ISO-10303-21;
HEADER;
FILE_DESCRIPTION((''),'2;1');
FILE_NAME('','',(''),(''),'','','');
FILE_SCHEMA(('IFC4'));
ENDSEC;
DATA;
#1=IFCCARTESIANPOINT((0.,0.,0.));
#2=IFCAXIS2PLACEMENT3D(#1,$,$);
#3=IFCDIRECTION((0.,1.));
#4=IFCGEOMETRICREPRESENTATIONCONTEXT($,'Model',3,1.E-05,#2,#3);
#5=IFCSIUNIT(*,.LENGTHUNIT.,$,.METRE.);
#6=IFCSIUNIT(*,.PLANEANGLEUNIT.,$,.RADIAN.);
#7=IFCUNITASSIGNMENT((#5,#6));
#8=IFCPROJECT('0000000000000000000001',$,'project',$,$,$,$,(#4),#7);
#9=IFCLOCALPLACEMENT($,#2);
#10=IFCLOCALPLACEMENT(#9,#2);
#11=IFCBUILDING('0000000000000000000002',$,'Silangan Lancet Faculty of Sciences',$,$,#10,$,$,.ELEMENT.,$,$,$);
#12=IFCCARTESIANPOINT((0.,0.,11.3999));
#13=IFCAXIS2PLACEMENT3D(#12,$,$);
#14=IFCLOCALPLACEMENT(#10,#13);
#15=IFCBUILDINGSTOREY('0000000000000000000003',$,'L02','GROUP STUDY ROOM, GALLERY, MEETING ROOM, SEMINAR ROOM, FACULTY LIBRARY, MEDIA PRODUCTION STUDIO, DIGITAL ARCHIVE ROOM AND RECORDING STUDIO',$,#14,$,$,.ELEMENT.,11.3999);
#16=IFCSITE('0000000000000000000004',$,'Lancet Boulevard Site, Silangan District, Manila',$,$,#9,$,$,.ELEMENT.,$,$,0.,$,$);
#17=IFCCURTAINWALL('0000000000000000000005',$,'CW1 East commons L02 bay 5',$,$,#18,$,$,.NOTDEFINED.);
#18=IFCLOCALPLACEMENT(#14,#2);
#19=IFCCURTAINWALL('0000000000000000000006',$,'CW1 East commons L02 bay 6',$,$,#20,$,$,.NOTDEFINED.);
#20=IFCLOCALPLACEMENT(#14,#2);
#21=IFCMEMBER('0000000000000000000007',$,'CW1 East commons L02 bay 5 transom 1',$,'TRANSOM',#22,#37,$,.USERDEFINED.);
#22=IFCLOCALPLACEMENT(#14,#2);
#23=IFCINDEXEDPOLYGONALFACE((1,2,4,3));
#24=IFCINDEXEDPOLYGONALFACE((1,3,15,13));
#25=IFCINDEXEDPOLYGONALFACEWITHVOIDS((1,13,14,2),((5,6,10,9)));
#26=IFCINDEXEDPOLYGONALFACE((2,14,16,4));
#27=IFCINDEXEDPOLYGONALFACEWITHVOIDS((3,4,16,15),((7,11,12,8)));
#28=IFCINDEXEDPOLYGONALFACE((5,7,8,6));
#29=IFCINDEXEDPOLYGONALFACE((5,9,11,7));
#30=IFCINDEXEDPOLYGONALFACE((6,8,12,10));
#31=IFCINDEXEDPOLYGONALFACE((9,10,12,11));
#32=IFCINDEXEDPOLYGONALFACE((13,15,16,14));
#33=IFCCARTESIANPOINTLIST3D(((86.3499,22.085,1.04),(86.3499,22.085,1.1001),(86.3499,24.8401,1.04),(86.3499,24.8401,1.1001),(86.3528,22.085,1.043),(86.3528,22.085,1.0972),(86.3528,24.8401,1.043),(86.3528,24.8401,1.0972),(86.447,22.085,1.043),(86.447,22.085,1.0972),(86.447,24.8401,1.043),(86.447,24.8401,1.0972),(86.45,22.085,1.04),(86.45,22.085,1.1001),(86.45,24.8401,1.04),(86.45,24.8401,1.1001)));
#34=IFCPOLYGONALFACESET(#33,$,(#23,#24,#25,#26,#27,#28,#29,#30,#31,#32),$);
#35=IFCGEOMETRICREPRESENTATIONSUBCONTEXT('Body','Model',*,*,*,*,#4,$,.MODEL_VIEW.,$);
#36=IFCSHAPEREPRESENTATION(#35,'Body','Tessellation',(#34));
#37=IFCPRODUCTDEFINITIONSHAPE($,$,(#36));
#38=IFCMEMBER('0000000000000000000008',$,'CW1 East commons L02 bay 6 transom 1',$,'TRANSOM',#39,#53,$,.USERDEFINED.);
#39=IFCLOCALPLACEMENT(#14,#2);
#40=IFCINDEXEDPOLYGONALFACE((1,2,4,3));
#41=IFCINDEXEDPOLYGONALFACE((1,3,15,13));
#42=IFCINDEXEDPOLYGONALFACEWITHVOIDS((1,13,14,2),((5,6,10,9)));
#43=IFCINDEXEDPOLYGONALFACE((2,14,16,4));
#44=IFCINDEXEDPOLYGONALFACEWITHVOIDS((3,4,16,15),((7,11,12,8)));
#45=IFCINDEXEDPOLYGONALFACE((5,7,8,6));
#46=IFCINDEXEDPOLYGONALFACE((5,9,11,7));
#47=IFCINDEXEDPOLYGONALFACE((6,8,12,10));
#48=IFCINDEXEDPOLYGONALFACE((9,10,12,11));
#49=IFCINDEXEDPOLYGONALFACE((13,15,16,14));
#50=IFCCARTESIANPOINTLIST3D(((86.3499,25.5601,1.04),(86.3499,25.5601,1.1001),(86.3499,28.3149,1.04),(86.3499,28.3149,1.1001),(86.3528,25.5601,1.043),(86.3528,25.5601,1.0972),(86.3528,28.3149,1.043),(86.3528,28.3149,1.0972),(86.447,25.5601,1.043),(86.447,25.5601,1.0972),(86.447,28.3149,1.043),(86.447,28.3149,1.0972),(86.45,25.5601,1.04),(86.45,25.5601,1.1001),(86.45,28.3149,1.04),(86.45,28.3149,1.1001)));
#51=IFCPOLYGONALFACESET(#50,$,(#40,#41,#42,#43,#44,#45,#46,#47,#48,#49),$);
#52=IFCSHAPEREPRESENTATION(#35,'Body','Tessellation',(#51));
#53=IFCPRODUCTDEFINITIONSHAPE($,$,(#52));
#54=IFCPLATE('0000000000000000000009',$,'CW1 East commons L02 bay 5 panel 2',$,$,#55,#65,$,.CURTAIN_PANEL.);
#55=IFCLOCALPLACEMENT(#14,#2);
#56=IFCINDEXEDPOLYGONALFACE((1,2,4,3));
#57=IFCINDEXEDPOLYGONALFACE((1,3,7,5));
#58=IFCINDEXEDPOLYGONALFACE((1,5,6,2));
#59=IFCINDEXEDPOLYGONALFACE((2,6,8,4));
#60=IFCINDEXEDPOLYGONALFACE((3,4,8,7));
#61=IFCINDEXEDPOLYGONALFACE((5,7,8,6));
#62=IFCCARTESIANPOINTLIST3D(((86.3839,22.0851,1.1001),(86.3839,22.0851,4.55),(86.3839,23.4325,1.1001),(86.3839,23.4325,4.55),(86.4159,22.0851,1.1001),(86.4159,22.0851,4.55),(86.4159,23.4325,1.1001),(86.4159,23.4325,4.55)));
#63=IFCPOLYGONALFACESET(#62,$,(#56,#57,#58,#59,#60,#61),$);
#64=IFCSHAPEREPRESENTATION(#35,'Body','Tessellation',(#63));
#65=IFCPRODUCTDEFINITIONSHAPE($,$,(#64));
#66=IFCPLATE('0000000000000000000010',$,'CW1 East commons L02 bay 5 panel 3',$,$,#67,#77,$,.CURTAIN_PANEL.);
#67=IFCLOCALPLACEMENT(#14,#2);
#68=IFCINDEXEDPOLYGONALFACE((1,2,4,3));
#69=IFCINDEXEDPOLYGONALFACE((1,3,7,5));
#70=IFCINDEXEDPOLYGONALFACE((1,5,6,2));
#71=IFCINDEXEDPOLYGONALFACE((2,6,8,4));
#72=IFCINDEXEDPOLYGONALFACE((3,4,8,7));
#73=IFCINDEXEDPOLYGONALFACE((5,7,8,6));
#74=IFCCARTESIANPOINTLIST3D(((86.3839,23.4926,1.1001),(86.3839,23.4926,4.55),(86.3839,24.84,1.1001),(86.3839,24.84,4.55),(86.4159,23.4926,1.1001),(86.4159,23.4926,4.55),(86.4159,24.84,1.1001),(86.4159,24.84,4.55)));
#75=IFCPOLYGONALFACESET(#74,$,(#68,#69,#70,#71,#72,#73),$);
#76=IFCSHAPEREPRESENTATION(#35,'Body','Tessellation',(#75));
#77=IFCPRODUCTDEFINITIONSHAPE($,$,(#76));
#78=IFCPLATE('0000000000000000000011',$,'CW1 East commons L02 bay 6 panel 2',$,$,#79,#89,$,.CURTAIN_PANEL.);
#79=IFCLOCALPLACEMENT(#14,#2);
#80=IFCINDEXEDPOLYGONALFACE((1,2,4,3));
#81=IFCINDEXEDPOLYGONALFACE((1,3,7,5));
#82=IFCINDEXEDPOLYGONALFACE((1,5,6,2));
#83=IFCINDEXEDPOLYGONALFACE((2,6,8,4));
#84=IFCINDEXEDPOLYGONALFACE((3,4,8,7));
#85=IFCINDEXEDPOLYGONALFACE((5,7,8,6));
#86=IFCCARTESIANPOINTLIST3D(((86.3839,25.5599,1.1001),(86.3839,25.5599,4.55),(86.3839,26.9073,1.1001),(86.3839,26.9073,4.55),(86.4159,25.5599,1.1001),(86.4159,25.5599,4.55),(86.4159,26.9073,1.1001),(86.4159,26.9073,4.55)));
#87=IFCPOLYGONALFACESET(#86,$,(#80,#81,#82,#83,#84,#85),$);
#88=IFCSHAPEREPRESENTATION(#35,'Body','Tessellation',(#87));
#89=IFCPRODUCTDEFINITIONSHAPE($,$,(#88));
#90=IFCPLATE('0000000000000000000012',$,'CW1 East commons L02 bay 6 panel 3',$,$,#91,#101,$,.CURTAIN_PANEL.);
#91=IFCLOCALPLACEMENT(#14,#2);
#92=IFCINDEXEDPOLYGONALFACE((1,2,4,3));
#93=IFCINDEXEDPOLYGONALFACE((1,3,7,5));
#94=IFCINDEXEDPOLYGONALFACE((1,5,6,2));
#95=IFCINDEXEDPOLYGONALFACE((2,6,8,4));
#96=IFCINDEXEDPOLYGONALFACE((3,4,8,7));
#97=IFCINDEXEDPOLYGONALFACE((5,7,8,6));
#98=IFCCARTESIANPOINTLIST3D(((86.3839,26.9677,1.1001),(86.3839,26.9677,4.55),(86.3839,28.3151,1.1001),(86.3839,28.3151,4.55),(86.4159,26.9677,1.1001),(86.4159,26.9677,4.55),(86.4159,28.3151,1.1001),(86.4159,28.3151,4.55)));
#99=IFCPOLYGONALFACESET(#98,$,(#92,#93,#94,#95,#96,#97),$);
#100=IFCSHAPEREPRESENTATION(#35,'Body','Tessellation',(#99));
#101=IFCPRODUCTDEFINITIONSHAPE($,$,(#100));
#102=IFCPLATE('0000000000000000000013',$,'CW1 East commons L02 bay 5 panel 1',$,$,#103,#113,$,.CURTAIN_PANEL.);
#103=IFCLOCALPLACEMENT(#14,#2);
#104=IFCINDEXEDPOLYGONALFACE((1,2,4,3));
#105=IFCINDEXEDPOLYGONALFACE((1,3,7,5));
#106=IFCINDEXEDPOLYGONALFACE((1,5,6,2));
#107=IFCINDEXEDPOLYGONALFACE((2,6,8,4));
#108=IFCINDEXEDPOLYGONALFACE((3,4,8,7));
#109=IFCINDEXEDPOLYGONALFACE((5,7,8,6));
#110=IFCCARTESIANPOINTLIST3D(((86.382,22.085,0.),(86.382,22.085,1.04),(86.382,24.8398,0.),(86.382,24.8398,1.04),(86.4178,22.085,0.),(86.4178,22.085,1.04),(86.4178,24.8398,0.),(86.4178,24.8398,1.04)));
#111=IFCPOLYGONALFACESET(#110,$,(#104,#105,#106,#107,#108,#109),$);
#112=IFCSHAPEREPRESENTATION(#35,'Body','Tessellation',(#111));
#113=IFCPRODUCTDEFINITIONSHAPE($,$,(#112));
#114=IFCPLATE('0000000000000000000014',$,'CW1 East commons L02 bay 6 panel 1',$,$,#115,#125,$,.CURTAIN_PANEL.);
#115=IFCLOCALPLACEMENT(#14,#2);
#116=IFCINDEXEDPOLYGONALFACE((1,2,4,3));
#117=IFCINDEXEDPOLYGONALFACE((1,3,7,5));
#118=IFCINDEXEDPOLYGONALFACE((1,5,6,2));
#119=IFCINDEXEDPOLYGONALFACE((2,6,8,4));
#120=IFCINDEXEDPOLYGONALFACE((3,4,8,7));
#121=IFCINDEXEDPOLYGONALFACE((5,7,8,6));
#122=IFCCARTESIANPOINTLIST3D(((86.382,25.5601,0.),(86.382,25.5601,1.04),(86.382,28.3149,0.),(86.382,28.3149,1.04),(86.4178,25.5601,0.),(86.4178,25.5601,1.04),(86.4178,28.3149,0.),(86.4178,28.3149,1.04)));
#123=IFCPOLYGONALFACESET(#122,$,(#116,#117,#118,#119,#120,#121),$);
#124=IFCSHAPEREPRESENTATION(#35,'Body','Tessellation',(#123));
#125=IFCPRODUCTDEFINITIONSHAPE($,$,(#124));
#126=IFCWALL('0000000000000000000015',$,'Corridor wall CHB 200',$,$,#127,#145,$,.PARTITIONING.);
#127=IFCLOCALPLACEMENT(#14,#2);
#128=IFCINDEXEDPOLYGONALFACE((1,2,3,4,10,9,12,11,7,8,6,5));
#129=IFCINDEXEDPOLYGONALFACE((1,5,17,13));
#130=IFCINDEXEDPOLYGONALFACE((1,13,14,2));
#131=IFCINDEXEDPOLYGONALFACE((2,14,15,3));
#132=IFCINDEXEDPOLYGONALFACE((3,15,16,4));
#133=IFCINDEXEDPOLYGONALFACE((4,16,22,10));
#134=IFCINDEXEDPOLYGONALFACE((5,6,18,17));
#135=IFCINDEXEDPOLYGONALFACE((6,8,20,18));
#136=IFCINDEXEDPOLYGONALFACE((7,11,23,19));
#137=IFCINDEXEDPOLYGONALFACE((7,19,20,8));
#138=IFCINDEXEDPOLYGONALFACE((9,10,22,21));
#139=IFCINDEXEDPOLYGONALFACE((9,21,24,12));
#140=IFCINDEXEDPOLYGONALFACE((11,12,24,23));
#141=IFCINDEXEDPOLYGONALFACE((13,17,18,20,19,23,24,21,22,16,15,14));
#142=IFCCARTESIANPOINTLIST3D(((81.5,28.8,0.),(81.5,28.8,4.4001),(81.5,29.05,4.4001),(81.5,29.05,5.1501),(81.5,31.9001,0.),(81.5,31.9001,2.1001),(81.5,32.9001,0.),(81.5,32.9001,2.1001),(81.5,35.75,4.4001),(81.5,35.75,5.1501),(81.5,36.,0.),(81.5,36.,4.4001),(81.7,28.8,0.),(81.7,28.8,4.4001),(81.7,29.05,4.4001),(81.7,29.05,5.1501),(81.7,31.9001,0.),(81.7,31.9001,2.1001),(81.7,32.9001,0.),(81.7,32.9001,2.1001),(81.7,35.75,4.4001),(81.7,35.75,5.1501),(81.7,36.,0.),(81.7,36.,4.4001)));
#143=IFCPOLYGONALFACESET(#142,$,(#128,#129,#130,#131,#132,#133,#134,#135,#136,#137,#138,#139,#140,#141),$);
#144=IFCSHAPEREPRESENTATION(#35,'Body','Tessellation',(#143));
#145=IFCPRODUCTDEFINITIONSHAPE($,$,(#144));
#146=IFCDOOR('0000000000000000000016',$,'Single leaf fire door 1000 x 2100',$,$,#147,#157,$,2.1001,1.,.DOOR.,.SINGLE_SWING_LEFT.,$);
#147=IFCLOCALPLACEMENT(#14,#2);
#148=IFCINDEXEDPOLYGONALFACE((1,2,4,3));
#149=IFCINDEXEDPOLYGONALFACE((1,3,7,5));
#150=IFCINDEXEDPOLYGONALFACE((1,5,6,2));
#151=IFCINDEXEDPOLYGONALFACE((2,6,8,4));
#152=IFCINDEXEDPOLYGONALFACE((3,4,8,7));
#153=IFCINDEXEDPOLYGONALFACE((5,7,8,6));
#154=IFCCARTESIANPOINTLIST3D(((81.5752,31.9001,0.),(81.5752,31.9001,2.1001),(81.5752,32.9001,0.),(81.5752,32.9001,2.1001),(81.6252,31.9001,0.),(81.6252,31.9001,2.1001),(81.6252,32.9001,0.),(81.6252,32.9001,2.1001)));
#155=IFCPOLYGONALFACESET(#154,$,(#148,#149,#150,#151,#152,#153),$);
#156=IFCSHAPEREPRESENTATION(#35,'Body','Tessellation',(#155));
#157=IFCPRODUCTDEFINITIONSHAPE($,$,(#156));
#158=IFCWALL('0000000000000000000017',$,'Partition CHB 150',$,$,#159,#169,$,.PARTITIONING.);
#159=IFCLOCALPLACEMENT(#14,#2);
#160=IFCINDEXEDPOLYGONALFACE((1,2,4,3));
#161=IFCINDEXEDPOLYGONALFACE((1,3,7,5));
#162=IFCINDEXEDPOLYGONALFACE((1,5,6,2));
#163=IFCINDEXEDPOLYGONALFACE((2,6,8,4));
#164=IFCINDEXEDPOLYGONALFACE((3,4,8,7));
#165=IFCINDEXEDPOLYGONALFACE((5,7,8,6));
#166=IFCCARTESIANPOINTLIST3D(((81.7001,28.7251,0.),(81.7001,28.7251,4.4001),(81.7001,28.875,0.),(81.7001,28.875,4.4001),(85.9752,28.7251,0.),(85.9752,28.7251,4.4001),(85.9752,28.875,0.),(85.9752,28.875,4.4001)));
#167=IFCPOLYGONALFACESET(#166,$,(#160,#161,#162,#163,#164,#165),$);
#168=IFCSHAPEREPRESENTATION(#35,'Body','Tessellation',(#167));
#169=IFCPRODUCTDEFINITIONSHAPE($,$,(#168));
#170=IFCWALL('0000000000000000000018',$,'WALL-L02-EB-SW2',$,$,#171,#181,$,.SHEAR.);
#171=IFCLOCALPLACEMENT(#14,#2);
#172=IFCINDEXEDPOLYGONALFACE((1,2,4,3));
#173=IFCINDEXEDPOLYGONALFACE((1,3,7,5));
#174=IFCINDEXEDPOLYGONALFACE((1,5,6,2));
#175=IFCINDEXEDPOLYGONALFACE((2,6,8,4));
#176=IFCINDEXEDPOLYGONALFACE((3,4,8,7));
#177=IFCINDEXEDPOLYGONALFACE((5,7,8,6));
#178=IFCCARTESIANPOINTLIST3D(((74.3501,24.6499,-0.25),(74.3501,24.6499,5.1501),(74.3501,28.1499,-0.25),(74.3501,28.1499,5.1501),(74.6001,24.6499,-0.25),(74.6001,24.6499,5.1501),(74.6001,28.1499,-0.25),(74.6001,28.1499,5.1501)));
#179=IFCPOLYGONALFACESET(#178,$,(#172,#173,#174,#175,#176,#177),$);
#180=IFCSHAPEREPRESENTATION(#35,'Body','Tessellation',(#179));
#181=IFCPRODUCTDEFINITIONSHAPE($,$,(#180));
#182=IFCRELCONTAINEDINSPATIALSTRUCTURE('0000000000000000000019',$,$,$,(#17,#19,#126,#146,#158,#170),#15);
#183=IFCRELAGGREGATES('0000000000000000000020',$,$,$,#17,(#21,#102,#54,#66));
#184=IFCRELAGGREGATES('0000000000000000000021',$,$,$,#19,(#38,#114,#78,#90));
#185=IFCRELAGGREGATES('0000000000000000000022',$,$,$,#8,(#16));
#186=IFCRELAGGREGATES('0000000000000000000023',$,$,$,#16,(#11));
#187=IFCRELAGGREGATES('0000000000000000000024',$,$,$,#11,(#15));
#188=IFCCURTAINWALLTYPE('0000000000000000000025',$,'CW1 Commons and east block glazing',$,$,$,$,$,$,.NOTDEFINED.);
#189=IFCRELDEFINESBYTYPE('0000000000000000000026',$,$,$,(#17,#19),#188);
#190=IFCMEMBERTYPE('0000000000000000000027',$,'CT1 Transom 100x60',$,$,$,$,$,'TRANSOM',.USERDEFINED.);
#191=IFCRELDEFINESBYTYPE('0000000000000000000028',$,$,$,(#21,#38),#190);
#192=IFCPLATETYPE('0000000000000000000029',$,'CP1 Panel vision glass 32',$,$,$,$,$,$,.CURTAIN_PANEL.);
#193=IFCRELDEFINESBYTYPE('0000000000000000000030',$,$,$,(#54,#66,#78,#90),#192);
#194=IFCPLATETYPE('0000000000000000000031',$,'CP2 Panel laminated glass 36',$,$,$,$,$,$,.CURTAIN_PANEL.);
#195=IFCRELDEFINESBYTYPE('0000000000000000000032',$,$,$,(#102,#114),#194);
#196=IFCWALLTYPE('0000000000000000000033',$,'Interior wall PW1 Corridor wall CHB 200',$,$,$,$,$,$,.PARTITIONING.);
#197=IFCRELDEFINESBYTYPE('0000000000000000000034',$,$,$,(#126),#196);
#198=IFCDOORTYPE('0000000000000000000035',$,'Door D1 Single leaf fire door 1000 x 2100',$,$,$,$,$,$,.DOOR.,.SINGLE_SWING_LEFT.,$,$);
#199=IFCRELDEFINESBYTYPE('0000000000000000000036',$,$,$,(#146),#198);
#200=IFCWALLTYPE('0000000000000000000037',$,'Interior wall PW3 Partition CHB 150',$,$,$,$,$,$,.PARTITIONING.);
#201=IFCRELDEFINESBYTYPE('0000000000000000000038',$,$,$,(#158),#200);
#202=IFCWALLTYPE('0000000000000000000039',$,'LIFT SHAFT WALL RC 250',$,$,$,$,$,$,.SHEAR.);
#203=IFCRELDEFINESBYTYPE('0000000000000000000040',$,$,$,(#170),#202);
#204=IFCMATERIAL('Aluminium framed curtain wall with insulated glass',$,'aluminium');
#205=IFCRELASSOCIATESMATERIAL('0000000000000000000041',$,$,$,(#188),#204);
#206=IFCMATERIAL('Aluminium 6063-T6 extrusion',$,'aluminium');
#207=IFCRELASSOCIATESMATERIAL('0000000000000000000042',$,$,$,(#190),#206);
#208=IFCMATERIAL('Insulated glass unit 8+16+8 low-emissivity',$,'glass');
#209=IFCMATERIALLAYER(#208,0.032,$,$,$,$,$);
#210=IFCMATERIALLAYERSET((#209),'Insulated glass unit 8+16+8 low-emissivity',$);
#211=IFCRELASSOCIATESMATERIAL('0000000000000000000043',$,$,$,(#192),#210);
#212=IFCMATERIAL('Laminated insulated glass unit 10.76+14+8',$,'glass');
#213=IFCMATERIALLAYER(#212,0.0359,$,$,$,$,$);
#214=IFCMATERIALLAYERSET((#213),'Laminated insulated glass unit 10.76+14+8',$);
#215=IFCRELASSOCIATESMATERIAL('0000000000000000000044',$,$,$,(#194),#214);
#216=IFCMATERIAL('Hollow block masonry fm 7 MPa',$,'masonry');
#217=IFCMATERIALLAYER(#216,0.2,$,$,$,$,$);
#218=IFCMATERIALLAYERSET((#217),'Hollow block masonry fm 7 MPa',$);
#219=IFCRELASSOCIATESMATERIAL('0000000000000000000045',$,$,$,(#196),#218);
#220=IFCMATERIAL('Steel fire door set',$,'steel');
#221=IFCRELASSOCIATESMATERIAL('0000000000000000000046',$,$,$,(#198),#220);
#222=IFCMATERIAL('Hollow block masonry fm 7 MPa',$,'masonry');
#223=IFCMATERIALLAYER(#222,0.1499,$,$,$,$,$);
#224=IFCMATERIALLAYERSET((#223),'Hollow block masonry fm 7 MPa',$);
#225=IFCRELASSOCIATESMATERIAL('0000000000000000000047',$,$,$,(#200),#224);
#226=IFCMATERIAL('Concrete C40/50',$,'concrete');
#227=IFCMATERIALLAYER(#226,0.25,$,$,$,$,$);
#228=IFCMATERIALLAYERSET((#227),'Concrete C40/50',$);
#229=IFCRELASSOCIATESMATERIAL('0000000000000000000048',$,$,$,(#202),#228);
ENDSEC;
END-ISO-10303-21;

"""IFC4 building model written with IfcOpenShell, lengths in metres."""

from ifc_helpers import new_model, si_unit, direction, frame, frame_2d, origin, origin_2d, place, context, subcontext, project, spatial, polyline, rectangle, hollow_rectangle, outline, extrude, material, layer, layer_set, material_profile, profile_set, type_object, element, fill, aggregate, save


model = new_model("IFC4")

# Units and contexts
model_context = context("Model", 3, precision=1e-05, world=origin(), true_north=direction((0.0, 1.0)))
body_context = subcontext(model_context, "Body", "Model", "MODEL_VIEW")
ifc_project = project(units=[si_unit("LENGTHUNIT", "METRE"), si_unit("PLANEANGLEUNIT", "RADIAN")], contexts=[model_context])

# Site, building, storey
site_placement = place(None, origin())
site = spatial("IfcSite", under=ifc_project, at=site_placement, Name="Lancet Boulevard Site, Silangan District, Manila", CompositionType="ELEMENT", RefElevation=0.0)
building_placement = place(site_placement, origin())
building = spatial("IfcBuilding", under=site, at=building_placement, Name="Silangan Lancet Faculty of Sciences", CompositionType="ELEMENT")
storey_placement = place(building_placement, frame((0.0, 0.0, 11.3999)))
storey = spatial("IfcBuildingStorey", under=building, at=storey_placement, Name="L02", Description="GROUP STUDY ROOM, GALLERY, MEETING ROOM, SEMINAR ROOM, FACULTY LIBRARY, MEDIA PRODUCTION STUDIO, DIGITAL ARCHIVE ROOM AND RECORDING STUDIO", CompositionType="ELEMENT", Elevation=11.3999)

# Curtain walls
ifc_material_1 = material(Name="Aluminium framed curtain wall with insulated glass", Category="aluminium")
curtain_wall_type = type_object("IfcCurtainWallType", Name="CW1 Commons and east block glazing", PredefinedType="NOTDEFINED", material=ifc_material_1)
curtain_wall_1_placement = place(storey_placement, origin())
curtain_wall_1 = element("IfcCurtainWall", 1, at=curtain_wall_1_placement, inside=storey, type_object=curtain_wall_type, Name="CW1 East commons L02 bay 5", PredefinedType="NOTDEFINED")
curtain_wall_2_placement = place(storey_placement, origin())
curtain_wall_2 = element("IfcCurtainWall", 2, at=curtain_wall_2_placement, inside=storey, type_object=curtain_wall_type, Name="CW1 East commons L02 bay 6", PredefinedType="NOTDEFINED")

# Members
ifc_material_2 = material(Name="Aluminium 6063-T6 extrusion", Category="aluminium")
ifc_material_profile_1 = material_profile(ifc_material_2, hollow_rectangle(XDim=0.1001, YDim=0.0601, WallThickness=0.0029, at=origin_2d()), Name="AL BOX 100x60x3")
ifc_profile_set_1 = profile_set([ifc_material_profile_1], Name="Aluminium 6063-T6 extrusion")
member_type_1 = type_object("IfcMemberType", Name="CT1 Transom 100x60", ElementType="TRANSOM", PredefinedType="USERDEFINED", material=ifc_profile_set_1)
member_1_placement = place(storey_placement, frame((86.3999, 22.085, 1.0701), z_axis=(0.0, 1.0, 0.0), x_axis=(-1.0, 0.0, 0.0)))
member_1 = element("IfcMember", 3, at=member_1_placement, type_object=member_type_1, Name="CW1 East commons L02 bay 5 transom 1", ObjectType="TRANSOM", PredefinedType="USERDEFINED", context=body_context, shape_type="SweptSolid", body=[
    extrude(hollow_rectangle(XDim=0.1001, YDim=0.0601, WallThickness=0.0029, at=origin_2d()), origin(), (0.0, 0.0, 1.0), 2.7551),
])
member_2_placement = place(storey_placement, frame((86.3999, 25.5601, 1.0701), z_axis=(0.0, 1.0, 0.0), x_axis=(-1.0, 0.0, 0.0)))
member_2 = element("IfcMember", 4, at=member_2_placement, type_object=member_type_1, Name="CW1 East commons L02 bay 6 transom 1", ObjectType="TRANSOM", PredefinedType="USERDEFINED", context=body_context, shape_type="SweptSolid", body=[
    extrude(hollow_rectangle(XDim=0.1001, YDim=0.0601, WallThickness=0.0029, at=origin_2d()), origin(), (0.0, 0.0, 1.0), 2.7549),
])

# Plates
ifc_material_3 = material(Name="Insulated glass unit 8+16+8 low-emissivity", Category="glass")
ifc_layer_1 = layer(ifc_material_3, 0.032)
ifc_layer_set_1 = layer_set([ifc_layer_1], Name="Insulated glass unit 8+16+8 low-emissivity")
plate_type_1 = type_object("IfcPlateType", Name="CP1 Panel vision glass 32", PredefinedType="CURTAIN_PANEL", material=ifc_layer_set_1)
plate_1_placement = place(storey_placement, frame((86.3999, 22.7588, 1.1001), z_axis=(0.0, 0.0, 1.0), x_axis=(0.0, 1.0, 0.0)))
plate_1 = element("IfcPlate", 5, at=plate_1_placement, type_object=plate_type_1, Name="CW1 East commons L02 bay 5 panel 2", PredefinedType="CURTAIN_PANEL", context=body_context, shape_type="SweptSolid", body=[
    extrude(rectangle(XDim=1.3474, YDim=0.032, at=origin_2d()), origin(), (0.0, 0.0, 1.0), 3.45),
])
plate_2_placement = place(storey_placement, frame((86.3999, 24.1663, 1.1001), z_axis=(0.0, 0.0, 1.0), x_axis=(0.0, 1.0, 0.0)))
plate_2 = element("IfcPlate", 6, at=plate_2_placement, type_object=plate_type_1, Name="CW1 East commons L02 bay 5 panel 3", PredefinedType="CURTAIN_PANEL", context=body_context, shape_type="SweptSolid", body=[
    extrude(rectangle(XDim=1.3474, YDim=0.032, at=origin_2d()), origin(), (0.0, 0.0, 1.0), 3.45),
])
plate_3_placement = place(storey_placement, frame((86.3999, 26.2336, 1.1001), z_axis=(0.0, 0.0, 1.0), x_axis=(0.0, 1.0, 0.0)))
plate_3 = element("IfcPlate", 7, at=plate_3_placement, type_object=plate_type_1, Name="CW1 East commons L02 bay 6 panel 2", PredefinedType="CURTAIN_PANEL", context=body_context, shape_type="SweptSolid", body=[
    extrude(rectangle(XDim=1.3474, YDim=0.032, at=origin_2d()), origin(), (0.0, 0.0, 1.0), 3.45),
])
plate_4_placement = place(storey_placement, frame((86.3999, 27.6414, 1.1001), z_axis=(0.0, 0.0, 1.0), x_axis=(0.0, 1.0, 0.0)))
plate_4 = element("IfcPlate", 8, at=plate_4_placement, type_object=plate_type_1, Name="CW1 East commons L02 bay 6 panel 3", PredefinedType="CURTAIN_PANEL", context=body_context, shape_type="SweptSolid", body=[
    extrude(rectangle(XDim=1.3474, YDim=0.032, at=origin_2d()), origin(), (0.0, 0.0, 1.0), 3.45),
])
ifc_material_4 = material(Name="Laminated insulated glass unit 10.76+14+8", Category="glass")
ifc_layer_2 = layer(ifc_material_4, 0.0359)
ifc_layer_set_2 = layer_set([ifc_layer_2], Name="Laminated insulated glass unit 10.76+14+8")
plate_type_2 = type_object("IfcPlateType", Name="CP2 Panel laminated glass 36", PredefinedType="CURTAIN_PANEL", material=ifc_layer_set_2)
plate_5_placement = place(storey_placement, frame((86.3999, 23.4624, 0.0), z_axis=(0.0, 0.0, 1.0), x_axis=(0.0, 1.0, 0.0)))
plate_5 = element("IfcPlate", 9, at=plate_5_placement, type_object=plate_type_2, Name="CW1 East commons L02 bay 5 panel 1", PredefinedType="CURTAIN_PANEL", context=body_context, shape_type="SweptSolid", body=[
    extrude(rectangle(XDim=2.7549, YDim=0.0359, at=origin_2d()), origin(), (0.0, 0.0, 1.0), 1.04),
])
aggregate(curtain_wall_1, [member_1, plate_5, plate_1, plate_2])
plate_6_placement = place(storey_placement, frame((86.3999, 26.9375, 0.0), z_axis=(0.0, 0.0, 1.0), x_axis=(0.0, 1.0, 0.0)))
plate_6 = element("IfcPlate", 10, at=plate_6_placement, type_object=plate_type_2, Name="CW1 East commons L02 bay 6 panel 1", PredefinedType="CURTAIN_PANEL", context=body_context, shape_type="SweptSolid", body=[
    extrude(rectangle(XDim=2.7549, YDim=0.0359, at=origin_2d()), origin(), (0.0, 0.0, 1.0), 1.04),
])
aggregate(curtain_wall_2, [member_2, plate_6, plate_3, plate_4])

# Wall, opening, door
ifc_material_5 = material(Name="Hollow block masonry fm 7 MPa", Category="masonry")
ifc_layer_3 = layer(ifc_material_5, 0.2)
ifc_layer_set_3 = layer_set([ifc_layer_3], Name="Hollow block masonry fm 7 MPa")
wall_type_1 = type_object("IfcWallType", Name="Interior wall PW1 Corridor wall CHB 200", PredefinedType="PARTITIONING", material=ifc_layer_set_3)
wall_1_placement = place(storey_placement, frame((81.6001, 28.8, 0.0), z_axis=(0.0, 0.0, 1.0), x_axis=(0.0, 1.0, 0.0)))
wall_1 = element("IfcWall", 11, at=wall_1_placement, inside=storey, type_object=wall_type_1, Name="Corridor wall CHB 200", PredefinedType="PARTITIONING", context=body_context, shape_type="SweptSolid", body=[
    extrude(outline(polyline([(0.0, 0.0), (7.2, 0.0), (7.2, 4.4001), (6.95, 4.4001), (6.95, 5.1501), (0.25, 5.1501), (0.25, 4.4001), (0.0, 4.4001), (0.0, 0.0)])), frame((0.0, 0.1001, 0.0), z_axis=(0.0, -1.0, 0.0), x_axis=(1.0, 0.0, 0.0)), (0.0, 0.0, 1.0), 0.2),
])
opening_1_placement = place(wall_1_placement, frame((3.1001, 0.0, 0.0)))
opening_1 = element("IfcOpeningElement", 12, at=opening_1_placement, cuts=wall_1, PredefinedType="OPENING", context=body_context, shape_type="SweptSolid", body=[
    extrude(rectangle(XDim=1.0, YDim=2.1001, at=frame_2d((0.5, 1.05))), frame((0.0, 0.1099, 0.0), z_axis=(0.0, -1.0, 0.0), x_axis=(1.0, 0.0, 0.0)), (0.0, 0.0, 1.0), 0.22),
])
ifc_material_6 = material(Name="Steel fire door set", Category="steel")
door_type_1 = type_object("IfcDoorType", Name="Door D1 Single leaf fire door 1000 x 2100", OperationType="SINGLE_SWING_LEFT", PredefinedType="DOOR", material=ifc_material_6)
door_1_placement = place(opening_1_placement, frame((1.0, 0.0, 0.0), z_axis=(0.0, 0.0, 1.0), x_axis=(-1.0, 0.0, 0.0)))
door_1 = element("IfcDoor", 13, at=door_1_placement, inside=storey, type_object=door_type_1, Name="Single leaf fire door 1000 x 2100", OperationType="SINGLE_SWING_LEFT", OverallHeight=2.1001, OverallWidth=1.0, PredefinedType="DOOR", context=body_context, shape_type="SweptSolid", body=[
    extrude(rectangle(XDim=1.0, YDim=2.1001, at=frame_2d((0.5, 1.05))), frame((0.0, 0.0251, 0.0), z_axis=(0.0, -1.0, 0.0), x_axis=(1.0, 0.0, 0.0)), (0.0, 0.0, 1.0), 0.05),
])
fill(opening_1, door_1)

# Wall
ifc_material_7 = material(Name="Hollow block masonry fm 7 MPa", Category="masonry")
ifc_layer_4 = layer(ifc_material_7, 0.1499)
ifc_layer_set_4 = layer_set([ifc_layer_4], Name="Hollow block masonry fm 7 MPa")
wall_type_2 = type_object("IfcWallType", Name="Interior wall PW3 Partition CHB 150", PredefinedType="PARTITIONING", material=ifc_layer_set_4)
wall_2_placement = place(storey_placement, frame((81.7, 28.8, 0.0), z_axis=(0.0, 0.0, 1.0), x_axis=(1.0, 0.0, 0.0)))
element("IfcWall", 14, at=wall_2_placement, inside=storey, type_object=wall_type_2, Name="Partition CHB 150", PredefinedType="PARTITIONING", context=body_context, shape_type="SweptSolid", body=[
    extrude(rectangle(XDim=4.2751, YDim=0.1499, at=frame_2d((2.1377, 0.0))), origin(), (0.0, 0.0, 1.0), 4.4001),
])

# Wall
ifc_material_8 = material(Name="Concrete C40/50", Category="concrete")
ifc_layer_5 = layer(ifc_material_8, 0.25)
ifc_layer_set_5 = layer_set([ifc_layer_5], Name="Concrete C40/50")
wall_type_3 = type_object("IfcWallType", Name="LIFT SHAFT WALL RC 250", PredefinedType="SHEAR", material=ifc_layer_set_5)
for number, where, z_axis, x_axis, name in (
    (15, (74.4751, 24.6499, -0.25), (0.0, 0.0, 1.0), (0.0, 1.0, 0.0), "WALL-L02-EB-SW2"),
):
    element("IfcWall", number, at=place(storey_placement, frame(where, z_axis=z_axis, x_axis=x_axis)), inside=storey, type_object=wall_type_3, Name=name, PredefinedType="SHEAR", context=body_context, shape_type="SweptSolid", body=[
        extrude(rectangle(XDim=3.5, YDim=0.25, at=frame_2d((1.75, 0.0))), origin(), (0.0, 0.0, 1.0), 5.4001),
    ])

save(model, "model.ifc")
